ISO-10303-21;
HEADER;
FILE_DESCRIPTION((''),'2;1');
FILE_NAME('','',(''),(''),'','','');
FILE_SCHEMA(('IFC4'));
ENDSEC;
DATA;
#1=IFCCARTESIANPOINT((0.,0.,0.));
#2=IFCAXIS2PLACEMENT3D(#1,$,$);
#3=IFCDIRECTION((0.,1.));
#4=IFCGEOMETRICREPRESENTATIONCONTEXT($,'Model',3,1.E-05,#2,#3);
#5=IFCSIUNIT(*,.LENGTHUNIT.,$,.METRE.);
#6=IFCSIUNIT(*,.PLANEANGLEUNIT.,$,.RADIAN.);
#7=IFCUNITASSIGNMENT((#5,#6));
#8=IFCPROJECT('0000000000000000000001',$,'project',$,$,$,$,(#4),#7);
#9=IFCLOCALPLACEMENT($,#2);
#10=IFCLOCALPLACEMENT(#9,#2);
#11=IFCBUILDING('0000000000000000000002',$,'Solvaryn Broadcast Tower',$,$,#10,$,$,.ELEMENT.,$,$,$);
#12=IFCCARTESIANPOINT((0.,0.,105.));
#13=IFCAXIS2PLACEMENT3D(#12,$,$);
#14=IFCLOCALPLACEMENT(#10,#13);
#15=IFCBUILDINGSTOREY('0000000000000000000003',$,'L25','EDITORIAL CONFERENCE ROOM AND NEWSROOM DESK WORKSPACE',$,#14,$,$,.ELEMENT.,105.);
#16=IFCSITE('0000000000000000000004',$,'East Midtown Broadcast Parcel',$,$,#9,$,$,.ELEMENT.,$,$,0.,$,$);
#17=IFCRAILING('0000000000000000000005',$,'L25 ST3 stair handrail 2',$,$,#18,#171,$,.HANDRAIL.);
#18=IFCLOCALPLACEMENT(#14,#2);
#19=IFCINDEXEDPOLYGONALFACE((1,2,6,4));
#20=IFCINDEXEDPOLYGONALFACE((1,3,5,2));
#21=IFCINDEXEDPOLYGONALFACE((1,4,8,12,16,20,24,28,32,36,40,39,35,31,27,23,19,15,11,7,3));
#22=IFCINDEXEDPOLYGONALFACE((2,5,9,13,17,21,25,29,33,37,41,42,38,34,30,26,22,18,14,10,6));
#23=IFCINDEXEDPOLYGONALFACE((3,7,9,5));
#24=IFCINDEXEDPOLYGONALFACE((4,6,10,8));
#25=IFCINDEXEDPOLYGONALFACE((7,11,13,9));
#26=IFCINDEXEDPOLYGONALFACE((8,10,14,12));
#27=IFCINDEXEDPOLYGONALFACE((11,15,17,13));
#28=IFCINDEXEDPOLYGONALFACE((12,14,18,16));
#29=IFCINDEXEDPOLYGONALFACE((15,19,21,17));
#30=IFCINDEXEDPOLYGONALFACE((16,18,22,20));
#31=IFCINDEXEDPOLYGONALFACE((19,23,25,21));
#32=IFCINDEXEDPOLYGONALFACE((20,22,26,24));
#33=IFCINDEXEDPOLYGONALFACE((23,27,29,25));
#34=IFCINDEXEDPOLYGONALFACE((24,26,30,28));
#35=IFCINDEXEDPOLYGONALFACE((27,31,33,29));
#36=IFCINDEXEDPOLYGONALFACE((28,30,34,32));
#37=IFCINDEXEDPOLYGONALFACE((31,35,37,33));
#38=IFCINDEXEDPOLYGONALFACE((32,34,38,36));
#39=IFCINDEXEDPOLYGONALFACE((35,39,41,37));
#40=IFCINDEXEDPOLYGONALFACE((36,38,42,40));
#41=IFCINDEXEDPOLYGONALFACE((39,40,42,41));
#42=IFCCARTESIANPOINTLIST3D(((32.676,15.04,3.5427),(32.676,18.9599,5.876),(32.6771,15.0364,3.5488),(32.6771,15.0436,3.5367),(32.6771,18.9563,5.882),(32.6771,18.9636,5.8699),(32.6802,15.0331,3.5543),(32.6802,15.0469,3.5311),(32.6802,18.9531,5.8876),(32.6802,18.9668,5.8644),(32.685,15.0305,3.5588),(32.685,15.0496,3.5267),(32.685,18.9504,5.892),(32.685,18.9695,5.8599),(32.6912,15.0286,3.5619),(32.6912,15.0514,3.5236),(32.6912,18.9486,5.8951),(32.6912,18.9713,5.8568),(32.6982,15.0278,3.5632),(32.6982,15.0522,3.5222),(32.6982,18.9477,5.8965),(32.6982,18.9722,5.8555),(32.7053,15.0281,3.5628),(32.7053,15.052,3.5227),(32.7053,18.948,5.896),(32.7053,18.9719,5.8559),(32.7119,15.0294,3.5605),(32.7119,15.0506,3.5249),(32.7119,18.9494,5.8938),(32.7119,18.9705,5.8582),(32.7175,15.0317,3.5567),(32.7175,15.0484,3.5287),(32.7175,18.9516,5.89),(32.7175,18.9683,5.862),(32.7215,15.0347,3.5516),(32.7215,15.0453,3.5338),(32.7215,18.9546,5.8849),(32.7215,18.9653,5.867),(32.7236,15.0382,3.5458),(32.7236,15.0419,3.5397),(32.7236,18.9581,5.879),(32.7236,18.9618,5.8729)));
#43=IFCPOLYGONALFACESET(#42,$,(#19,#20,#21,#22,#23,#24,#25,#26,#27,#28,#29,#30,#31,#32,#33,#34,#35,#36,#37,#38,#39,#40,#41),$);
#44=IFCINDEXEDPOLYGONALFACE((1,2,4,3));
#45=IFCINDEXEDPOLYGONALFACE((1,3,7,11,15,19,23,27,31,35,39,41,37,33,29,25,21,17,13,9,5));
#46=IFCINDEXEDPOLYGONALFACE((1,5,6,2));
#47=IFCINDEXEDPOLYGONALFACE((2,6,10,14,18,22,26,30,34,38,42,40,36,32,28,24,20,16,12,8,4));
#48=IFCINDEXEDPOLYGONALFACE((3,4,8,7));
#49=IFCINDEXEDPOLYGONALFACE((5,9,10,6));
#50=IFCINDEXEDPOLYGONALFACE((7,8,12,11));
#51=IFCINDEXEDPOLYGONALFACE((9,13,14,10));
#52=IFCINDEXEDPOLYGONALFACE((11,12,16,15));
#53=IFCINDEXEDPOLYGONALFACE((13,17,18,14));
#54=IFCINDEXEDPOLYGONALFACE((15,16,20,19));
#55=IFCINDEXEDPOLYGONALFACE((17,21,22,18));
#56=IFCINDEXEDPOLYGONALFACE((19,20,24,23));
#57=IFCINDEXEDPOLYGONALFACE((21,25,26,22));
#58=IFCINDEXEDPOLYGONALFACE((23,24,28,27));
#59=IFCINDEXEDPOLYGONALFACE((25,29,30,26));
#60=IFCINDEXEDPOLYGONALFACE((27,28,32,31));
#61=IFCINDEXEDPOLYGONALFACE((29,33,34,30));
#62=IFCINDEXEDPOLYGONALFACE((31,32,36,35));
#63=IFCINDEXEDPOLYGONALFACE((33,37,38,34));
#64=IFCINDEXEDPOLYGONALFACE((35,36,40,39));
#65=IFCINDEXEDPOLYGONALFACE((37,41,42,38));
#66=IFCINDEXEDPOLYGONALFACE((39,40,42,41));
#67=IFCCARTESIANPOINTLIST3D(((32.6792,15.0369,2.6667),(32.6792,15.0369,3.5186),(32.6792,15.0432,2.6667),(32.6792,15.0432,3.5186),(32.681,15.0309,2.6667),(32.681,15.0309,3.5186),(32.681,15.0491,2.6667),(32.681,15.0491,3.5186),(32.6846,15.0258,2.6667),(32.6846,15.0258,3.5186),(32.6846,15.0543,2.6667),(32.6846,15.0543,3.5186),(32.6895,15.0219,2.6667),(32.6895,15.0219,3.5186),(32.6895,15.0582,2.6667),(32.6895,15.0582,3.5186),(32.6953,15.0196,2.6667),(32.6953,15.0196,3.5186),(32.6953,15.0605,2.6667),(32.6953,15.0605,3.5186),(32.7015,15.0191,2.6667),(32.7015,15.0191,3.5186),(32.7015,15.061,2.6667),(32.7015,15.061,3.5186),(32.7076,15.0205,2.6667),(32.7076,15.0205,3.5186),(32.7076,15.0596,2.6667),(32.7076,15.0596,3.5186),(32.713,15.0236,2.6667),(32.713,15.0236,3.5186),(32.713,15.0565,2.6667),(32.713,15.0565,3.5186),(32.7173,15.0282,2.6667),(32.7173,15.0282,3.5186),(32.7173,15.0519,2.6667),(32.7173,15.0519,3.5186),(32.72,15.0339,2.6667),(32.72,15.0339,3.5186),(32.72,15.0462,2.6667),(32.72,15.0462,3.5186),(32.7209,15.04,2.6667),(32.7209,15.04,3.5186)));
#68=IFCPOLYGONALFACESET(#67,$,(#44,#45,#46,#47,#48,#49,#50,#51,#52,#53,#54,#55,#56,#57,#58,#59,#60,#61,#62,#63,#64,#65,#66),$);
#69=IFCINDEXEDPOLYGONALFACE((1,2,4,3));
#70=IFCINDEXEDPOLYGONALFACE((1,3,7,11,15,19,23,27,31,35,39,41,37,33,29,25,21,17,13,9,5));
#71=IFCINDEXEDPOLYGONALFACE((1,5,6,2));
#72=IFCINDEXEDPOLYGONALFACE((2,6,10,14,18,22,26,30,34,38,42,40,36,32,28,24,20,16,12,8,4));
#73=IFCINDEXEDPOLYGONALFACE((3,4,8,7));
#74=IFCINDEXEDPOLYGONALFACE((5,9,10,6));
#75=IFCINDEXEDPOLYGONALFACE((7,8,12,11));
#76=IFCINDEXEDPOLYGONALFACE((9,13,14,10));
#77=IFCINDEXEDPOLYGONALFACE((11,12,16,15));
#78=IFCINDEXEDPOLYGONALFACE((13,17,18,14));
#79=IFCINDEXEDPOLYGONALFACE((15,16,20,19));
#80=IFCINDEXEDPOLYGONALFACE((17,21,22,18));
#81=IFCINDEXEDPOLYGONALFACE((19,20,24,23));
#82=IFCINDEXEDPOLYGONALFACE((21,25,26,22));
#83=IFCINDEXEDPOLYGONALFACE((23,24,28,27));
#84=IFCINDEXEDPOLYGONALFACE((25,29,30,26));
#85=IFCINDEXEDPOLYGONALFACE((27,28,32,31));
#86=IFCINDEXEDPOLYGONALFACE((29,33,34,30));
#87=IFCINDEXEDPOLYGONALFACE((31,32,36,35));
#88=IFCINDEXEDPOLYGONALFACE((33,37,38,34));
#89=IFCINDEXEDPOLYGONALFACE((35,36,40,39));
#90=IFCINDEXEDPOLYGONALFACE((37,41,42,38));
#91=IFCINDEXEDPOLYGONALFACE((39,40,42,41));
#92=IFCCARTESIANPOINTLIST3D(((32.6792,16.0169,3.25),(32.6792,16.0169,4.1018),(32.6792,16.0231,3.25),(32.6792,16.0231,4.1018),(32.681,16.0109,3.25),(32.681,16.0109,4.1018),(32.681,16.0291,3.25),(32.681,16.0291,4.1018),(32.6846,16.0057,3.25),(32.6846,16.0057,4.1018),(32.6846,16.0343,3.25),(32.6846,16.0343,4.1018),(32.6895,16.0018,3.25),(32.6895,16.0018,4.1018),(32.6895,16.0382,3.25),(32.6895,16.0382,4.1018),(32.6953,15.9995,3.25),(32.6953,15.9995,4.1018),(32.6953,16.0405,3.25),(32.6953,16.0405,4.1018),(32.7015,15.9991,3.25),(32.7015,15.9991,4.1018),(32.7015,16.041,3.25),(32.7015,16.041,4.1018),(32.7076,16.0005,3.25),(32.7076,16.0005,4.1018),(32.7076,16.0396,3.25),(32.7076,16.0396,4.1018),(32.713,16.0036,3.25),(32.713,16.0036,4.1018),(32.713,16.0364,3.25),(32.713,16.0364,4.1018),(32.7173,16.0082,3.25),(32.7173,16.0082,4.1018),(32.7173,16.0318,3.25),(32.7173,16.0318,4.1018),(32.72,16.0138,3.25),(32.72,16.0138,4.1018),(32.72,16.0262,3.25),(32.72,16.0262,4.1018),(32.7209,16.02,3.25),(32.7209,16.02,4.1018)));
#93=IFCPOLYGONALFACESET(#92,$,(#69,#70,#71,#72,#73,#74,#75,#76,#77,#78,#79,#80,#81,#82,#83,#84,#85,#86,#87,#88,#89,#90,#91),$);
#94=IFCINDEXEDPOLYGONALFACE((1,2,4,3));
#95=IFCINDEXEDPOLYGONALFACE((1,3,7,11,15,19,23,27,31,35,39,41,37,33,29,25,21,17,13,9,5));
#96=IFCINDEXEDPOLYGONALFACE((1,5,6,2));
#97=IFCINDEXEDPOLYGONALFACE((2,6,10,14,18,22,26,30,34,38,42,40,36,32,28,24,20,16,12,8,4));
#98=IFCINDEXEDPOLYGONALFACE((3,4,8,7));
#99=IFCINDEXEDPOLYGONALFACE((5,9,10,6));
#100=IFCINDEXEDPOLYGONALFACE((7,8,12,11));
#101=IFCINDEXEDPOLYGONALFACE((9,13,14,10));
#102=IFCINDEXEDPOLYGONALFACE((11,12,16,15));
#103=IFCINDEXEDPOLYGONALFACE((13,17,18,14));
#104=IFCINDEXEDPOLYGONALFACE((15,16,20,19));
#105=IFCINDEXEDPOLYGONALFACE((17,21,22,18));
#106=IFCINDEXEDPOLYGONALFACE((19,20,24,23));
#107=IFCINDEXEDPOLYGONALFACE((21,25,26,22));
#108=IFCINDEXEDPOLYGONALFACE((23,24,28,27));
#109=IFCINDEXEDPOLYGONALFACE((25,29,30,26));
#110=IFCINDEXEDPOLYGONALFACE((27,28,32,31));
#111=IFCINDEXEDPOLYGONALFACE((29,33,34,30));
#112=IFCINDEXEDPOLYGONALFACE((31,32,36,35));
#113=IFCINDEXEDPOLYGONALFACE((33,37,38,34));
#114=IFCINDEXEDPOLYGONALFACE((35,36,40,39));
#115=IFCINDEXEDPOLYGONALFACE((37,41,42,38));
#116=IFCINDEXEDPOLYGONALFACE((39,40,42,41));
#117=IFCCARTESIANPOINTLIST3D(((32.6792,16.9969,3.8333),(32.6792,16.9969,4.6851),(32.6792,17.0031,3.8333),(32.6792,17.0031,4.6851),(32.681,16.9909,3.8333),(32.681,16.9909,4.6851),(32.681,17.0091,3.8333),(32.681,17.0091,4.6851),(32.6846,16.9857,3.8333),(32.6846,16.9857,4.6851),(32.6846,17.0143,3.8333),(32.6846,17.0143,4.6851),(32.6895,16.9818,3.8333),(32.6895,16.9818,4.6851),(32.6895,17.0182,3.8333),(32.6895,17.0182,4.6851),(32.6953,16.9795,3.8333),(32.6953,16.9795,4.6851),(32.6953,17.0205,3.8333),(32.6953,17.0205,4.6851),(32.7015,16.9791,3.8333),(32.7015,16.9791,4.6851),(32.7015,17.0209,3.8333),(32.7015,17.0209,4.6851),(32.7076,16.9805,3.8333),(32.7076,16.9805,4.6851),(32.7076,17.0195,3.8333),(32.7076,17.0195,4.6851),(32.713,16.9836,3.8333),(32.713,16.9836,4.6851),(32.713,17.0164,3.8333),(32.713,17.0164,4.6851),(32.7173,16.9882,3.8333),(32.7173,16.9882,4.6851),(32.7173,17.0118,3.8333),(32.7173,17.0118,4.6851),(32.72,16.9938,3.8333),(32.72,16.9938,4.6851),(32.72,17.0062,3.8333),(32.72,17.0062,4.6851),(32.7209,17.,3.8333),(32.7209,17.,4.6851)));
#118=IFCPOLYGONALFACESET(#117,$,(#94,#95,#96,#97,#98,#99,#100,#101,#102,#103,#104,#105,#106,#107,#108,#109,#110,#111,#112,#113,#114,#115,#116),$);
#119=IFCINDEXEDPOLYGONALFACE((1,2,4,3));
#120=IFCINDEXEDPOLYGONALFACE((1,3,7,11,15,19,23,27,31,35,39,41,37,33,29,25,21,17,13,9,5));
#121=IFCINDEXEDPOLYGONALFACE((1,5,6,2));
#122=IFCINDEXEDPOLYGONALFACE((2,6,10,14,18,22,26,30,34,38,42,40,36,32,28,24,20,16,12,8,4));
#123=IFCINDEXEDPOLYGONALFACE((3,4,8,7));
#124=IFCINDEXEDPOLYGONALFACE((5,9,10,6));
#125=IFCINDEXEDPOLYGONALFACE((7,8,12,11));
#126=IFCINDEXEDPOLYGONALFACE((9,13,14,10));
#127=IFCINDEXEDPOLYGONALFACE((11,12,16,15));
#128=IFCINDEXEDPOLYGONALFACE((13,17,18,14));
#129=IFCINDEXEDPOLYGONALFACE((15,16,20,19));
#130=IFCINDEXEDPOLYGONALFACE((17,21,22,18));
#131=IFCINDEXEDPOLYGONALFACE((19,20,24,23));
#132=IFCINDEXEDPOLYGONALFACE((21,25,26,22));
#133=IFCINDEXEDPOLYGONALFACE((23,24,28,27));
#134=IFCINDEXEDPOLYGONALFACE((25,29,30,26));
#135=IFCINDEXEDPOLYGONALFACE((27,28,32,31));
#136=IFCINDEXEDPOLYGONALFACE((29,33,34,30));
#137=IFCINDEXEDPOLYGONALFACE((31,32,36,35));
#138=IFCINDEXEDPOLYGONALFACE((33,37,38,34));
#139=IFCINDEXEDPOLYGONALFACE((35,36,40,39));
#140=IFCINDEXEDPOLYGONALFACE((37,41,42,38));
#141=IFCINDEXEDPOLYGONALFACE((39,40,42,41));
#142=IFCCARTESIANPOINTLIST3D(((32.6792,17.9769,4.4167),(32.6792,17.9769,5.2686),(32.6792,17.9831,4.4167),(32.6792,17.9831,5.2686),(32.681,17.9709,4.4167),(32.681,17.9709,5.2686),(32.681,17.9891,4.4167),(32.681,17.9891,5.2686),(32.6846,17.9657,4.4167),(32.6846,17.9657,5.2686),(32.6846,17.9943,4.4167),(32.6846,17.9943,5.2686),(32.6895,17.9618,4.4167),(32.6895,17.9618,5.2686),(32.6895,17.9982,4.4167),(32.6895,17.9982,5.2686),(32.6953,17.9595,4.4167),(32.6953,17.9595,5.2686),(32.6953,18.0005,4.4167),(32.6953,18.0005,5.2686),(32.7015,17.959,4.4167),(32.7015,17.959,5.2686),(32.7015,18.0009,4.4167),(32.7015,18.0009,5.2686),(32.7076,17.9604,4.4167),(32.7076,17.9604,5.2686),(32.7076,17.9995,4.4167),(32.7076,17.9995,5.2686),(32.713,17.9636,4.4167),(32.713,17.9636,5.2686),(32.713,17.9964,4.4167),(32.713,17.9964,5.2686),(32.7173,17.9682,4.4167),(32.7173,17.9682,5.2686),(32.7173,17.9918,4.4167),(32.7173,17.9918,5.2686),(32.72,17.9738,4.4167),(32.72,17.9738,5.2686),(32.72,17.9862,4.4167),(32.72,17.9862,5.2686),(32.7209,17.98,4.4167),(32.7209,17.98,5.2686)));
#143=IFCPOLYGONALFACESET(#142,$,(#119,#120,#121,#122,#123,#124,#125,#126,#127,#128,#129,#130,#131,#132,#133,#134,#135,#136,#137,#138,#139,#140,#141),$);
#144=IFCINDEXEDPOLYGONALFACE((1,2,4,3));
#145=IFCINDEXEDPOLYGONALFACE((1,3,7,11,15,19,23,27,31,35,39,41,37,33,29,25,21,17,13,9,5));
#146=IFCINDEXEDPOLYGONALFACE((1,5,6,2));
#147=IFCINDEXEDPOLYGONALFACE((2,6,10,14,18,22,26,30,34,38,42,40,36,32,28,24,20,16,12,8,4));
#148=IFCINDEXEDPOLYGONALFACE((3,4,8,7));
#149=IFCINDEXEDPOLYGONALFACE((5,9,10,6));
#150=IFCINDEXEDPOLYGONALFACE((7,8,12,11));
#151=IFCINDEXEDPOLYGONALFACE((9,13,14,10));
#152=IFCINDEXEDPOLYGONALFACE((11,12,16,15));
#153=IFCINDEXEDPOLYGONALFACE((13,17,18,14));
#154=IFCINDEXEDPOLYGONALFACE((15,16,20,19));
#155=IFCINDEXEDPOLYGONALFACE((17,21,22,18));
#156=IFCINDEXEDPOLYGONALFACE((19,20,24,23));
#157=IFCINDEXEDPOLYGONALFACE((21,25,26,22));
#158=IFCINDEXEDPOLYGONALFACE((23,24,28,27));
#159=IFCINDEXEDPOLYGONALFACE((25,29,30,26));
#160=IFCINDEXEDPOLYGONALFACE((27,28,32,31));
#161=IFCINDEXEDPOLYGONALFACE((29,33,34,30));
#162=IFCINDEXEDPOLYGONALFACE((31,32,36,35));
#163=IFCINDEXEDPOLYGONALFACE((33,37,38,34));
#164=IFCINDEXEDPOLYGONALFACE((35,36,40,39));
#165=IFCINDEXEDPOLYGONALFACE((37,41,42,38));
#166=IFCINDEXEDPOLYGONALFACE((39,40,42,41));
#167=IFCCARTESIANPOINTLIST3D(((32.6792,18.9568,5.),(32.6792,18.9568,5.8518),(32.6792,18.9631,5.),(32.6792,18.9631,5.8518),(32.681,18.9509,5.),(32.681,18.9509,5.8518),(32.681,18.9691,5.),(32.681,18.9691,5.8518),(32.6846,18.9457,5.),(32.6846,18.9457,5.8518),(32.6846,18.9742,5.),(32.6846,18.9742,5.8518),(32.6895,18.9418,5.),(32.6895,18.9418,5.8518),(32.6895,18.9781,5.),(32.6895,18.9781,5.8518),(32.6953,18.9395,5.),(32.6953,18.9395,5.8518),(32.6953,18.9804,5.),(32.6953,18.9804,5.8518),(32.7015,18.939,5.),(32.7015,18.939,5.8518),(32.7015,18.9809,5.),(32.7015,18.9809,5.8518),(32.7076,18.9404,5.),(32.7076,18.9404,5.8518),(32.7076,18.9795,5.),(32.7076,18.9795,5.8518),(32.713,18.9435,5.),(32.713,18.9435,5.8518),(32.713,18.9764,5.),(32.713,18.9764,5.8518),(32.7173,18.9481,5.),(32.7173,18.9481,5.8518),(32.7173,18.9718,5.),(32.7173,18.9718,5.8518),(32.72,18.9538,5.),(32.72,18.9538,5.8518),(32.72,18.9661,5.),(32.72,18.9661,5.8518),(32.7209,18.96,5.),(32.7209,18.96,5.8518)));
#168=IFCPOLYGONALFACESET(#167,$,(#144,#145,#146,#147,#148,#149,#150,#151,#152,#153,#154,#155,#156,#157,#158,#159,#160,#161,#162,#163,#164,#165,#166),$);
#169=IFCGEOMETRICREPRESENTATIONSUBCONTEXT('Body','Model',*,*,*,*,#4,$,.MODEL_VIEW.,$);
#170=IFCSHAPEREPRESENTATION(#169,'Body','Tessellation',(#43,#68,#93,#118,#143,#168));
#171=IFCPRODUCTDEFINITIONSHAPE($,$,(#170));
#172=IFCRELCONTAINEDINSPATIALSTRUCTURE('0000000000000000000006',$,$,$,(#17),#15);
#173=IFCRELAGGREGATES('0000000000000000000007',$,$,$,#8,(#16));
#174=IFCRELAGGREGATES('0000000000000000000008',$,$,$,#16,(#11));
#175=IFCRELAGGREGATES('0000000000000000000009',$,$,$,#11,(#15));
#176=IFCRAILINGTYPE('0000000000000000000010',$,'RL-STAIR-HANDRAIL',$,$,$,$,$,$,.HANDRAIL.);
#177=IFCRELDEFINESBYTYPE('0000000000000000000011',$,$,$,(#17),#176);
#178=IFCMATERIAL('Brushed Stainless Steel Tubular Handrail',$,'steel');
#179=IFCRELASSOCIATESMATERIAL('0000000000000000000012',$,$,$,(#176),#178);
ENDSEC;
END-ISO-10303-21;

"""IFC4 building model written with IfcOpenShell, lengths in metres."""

from ifc_helpers import new_model, si_unit, direction, frame, origin, origin_2d, place, context, subcontext, project, spatial, circle, extrude, material, type_object, element, save


model = new_model("IFC4")

# Units and contexts
model_context = context("Model", 3, precision=1e-05, world=origin(), true_north=direction((0.0, 1.0)))
body_context = subcontext(model_context, "Body", "Model", "MODEL_VIEW")
ifc_project = project(units=[si_unit("LENGTHUNIT", "METRE"), si_unit("PLANEANGLEUNIT", "RADIAN")], contexts=[model_context])

# Site, building, storey
site_placement = place(None, origin())
site = spatial("IfcSite", under=ifc_project, at=site_placement, Name="East Midtown Broadcast Parcel", CompositionType="ELEMENT", RefElevation=0.0)
building_placement = place(site_placement, origin())
building = spatial("IfcBuilding", under=site, at=building_placement, Name="Solvaryn Broadcast Tower", CompositionType="ELEMENT")
storey_placement = place(building_placement, frame((0.0, 0.0, 105.0)))
storey = spatial("IfcBuildingStorey", under=building, at=storey_placement, Name="L25", Description="EDITORIAL CONFERENCE ROOM AND NEWSROOM DESK WORKSPACE", CompositionType="ELEMENT", Elevation=105.0)

# Railing
ifc_material_1 = material(Name="Brushed Stainless Steel Tubular Handrail", Category="steel")
railing_type_1 = type_object("IfcRailingType", Name="RL-STAIR-HANDRAIL", PredefinedType="HANDRAIL", material=ifc_material_1)
railing_1_placement = place(storey_placement, frame((32.7, 15.04, 2.6667)))
element("IfcRailing", 1, at=railing_1_placement, inside=storey, type_object=railing_type_1, Name="L25 ST3 stair handrail 2", PredefinedType="HANDRAIL", context=body_context, shape_type="SweptSolid", body=[
    extrude(circle(Radius=0.0239, at=origin_2d()), frame((0.0, 0.0, 0.876), z_axis=(0.0, 0.859296, 0.511478), x_axis=(-1.0, 0.0, 0.0)), (0.0, 0.0, 1.0), 4.5618),
    extrude(circle(Radius=0.021, at=origin_2d()), origin(), (0.0, 0.0, 1.0), 0.8518),
    extrude(circle(Radius=0.021, at=origin_2d()), frame((0.0, 0.98, 0.5833)), (0.0, 0.0, 1.0), 0.8518),
    extrude(circle(Radius=0.021, at=origin_2d()), frame((0.0, 1.96, 1.1665)), (0.0, 0.0, 1.0), 0.8518),
    extrude(circle(Radius=0.021, at=origin_2d()), frame((0.0, 2.9399, 1.75)), (0.0, 0.0, 1.0), 0.8518),
    extrude(circle(Radius=0.021, at=origin_2d()), frame((0.0, 3.9199, 2.3333)), (0.0, 0.0, 1.0), 0.8518),
])

save(model, "model.ifc")
